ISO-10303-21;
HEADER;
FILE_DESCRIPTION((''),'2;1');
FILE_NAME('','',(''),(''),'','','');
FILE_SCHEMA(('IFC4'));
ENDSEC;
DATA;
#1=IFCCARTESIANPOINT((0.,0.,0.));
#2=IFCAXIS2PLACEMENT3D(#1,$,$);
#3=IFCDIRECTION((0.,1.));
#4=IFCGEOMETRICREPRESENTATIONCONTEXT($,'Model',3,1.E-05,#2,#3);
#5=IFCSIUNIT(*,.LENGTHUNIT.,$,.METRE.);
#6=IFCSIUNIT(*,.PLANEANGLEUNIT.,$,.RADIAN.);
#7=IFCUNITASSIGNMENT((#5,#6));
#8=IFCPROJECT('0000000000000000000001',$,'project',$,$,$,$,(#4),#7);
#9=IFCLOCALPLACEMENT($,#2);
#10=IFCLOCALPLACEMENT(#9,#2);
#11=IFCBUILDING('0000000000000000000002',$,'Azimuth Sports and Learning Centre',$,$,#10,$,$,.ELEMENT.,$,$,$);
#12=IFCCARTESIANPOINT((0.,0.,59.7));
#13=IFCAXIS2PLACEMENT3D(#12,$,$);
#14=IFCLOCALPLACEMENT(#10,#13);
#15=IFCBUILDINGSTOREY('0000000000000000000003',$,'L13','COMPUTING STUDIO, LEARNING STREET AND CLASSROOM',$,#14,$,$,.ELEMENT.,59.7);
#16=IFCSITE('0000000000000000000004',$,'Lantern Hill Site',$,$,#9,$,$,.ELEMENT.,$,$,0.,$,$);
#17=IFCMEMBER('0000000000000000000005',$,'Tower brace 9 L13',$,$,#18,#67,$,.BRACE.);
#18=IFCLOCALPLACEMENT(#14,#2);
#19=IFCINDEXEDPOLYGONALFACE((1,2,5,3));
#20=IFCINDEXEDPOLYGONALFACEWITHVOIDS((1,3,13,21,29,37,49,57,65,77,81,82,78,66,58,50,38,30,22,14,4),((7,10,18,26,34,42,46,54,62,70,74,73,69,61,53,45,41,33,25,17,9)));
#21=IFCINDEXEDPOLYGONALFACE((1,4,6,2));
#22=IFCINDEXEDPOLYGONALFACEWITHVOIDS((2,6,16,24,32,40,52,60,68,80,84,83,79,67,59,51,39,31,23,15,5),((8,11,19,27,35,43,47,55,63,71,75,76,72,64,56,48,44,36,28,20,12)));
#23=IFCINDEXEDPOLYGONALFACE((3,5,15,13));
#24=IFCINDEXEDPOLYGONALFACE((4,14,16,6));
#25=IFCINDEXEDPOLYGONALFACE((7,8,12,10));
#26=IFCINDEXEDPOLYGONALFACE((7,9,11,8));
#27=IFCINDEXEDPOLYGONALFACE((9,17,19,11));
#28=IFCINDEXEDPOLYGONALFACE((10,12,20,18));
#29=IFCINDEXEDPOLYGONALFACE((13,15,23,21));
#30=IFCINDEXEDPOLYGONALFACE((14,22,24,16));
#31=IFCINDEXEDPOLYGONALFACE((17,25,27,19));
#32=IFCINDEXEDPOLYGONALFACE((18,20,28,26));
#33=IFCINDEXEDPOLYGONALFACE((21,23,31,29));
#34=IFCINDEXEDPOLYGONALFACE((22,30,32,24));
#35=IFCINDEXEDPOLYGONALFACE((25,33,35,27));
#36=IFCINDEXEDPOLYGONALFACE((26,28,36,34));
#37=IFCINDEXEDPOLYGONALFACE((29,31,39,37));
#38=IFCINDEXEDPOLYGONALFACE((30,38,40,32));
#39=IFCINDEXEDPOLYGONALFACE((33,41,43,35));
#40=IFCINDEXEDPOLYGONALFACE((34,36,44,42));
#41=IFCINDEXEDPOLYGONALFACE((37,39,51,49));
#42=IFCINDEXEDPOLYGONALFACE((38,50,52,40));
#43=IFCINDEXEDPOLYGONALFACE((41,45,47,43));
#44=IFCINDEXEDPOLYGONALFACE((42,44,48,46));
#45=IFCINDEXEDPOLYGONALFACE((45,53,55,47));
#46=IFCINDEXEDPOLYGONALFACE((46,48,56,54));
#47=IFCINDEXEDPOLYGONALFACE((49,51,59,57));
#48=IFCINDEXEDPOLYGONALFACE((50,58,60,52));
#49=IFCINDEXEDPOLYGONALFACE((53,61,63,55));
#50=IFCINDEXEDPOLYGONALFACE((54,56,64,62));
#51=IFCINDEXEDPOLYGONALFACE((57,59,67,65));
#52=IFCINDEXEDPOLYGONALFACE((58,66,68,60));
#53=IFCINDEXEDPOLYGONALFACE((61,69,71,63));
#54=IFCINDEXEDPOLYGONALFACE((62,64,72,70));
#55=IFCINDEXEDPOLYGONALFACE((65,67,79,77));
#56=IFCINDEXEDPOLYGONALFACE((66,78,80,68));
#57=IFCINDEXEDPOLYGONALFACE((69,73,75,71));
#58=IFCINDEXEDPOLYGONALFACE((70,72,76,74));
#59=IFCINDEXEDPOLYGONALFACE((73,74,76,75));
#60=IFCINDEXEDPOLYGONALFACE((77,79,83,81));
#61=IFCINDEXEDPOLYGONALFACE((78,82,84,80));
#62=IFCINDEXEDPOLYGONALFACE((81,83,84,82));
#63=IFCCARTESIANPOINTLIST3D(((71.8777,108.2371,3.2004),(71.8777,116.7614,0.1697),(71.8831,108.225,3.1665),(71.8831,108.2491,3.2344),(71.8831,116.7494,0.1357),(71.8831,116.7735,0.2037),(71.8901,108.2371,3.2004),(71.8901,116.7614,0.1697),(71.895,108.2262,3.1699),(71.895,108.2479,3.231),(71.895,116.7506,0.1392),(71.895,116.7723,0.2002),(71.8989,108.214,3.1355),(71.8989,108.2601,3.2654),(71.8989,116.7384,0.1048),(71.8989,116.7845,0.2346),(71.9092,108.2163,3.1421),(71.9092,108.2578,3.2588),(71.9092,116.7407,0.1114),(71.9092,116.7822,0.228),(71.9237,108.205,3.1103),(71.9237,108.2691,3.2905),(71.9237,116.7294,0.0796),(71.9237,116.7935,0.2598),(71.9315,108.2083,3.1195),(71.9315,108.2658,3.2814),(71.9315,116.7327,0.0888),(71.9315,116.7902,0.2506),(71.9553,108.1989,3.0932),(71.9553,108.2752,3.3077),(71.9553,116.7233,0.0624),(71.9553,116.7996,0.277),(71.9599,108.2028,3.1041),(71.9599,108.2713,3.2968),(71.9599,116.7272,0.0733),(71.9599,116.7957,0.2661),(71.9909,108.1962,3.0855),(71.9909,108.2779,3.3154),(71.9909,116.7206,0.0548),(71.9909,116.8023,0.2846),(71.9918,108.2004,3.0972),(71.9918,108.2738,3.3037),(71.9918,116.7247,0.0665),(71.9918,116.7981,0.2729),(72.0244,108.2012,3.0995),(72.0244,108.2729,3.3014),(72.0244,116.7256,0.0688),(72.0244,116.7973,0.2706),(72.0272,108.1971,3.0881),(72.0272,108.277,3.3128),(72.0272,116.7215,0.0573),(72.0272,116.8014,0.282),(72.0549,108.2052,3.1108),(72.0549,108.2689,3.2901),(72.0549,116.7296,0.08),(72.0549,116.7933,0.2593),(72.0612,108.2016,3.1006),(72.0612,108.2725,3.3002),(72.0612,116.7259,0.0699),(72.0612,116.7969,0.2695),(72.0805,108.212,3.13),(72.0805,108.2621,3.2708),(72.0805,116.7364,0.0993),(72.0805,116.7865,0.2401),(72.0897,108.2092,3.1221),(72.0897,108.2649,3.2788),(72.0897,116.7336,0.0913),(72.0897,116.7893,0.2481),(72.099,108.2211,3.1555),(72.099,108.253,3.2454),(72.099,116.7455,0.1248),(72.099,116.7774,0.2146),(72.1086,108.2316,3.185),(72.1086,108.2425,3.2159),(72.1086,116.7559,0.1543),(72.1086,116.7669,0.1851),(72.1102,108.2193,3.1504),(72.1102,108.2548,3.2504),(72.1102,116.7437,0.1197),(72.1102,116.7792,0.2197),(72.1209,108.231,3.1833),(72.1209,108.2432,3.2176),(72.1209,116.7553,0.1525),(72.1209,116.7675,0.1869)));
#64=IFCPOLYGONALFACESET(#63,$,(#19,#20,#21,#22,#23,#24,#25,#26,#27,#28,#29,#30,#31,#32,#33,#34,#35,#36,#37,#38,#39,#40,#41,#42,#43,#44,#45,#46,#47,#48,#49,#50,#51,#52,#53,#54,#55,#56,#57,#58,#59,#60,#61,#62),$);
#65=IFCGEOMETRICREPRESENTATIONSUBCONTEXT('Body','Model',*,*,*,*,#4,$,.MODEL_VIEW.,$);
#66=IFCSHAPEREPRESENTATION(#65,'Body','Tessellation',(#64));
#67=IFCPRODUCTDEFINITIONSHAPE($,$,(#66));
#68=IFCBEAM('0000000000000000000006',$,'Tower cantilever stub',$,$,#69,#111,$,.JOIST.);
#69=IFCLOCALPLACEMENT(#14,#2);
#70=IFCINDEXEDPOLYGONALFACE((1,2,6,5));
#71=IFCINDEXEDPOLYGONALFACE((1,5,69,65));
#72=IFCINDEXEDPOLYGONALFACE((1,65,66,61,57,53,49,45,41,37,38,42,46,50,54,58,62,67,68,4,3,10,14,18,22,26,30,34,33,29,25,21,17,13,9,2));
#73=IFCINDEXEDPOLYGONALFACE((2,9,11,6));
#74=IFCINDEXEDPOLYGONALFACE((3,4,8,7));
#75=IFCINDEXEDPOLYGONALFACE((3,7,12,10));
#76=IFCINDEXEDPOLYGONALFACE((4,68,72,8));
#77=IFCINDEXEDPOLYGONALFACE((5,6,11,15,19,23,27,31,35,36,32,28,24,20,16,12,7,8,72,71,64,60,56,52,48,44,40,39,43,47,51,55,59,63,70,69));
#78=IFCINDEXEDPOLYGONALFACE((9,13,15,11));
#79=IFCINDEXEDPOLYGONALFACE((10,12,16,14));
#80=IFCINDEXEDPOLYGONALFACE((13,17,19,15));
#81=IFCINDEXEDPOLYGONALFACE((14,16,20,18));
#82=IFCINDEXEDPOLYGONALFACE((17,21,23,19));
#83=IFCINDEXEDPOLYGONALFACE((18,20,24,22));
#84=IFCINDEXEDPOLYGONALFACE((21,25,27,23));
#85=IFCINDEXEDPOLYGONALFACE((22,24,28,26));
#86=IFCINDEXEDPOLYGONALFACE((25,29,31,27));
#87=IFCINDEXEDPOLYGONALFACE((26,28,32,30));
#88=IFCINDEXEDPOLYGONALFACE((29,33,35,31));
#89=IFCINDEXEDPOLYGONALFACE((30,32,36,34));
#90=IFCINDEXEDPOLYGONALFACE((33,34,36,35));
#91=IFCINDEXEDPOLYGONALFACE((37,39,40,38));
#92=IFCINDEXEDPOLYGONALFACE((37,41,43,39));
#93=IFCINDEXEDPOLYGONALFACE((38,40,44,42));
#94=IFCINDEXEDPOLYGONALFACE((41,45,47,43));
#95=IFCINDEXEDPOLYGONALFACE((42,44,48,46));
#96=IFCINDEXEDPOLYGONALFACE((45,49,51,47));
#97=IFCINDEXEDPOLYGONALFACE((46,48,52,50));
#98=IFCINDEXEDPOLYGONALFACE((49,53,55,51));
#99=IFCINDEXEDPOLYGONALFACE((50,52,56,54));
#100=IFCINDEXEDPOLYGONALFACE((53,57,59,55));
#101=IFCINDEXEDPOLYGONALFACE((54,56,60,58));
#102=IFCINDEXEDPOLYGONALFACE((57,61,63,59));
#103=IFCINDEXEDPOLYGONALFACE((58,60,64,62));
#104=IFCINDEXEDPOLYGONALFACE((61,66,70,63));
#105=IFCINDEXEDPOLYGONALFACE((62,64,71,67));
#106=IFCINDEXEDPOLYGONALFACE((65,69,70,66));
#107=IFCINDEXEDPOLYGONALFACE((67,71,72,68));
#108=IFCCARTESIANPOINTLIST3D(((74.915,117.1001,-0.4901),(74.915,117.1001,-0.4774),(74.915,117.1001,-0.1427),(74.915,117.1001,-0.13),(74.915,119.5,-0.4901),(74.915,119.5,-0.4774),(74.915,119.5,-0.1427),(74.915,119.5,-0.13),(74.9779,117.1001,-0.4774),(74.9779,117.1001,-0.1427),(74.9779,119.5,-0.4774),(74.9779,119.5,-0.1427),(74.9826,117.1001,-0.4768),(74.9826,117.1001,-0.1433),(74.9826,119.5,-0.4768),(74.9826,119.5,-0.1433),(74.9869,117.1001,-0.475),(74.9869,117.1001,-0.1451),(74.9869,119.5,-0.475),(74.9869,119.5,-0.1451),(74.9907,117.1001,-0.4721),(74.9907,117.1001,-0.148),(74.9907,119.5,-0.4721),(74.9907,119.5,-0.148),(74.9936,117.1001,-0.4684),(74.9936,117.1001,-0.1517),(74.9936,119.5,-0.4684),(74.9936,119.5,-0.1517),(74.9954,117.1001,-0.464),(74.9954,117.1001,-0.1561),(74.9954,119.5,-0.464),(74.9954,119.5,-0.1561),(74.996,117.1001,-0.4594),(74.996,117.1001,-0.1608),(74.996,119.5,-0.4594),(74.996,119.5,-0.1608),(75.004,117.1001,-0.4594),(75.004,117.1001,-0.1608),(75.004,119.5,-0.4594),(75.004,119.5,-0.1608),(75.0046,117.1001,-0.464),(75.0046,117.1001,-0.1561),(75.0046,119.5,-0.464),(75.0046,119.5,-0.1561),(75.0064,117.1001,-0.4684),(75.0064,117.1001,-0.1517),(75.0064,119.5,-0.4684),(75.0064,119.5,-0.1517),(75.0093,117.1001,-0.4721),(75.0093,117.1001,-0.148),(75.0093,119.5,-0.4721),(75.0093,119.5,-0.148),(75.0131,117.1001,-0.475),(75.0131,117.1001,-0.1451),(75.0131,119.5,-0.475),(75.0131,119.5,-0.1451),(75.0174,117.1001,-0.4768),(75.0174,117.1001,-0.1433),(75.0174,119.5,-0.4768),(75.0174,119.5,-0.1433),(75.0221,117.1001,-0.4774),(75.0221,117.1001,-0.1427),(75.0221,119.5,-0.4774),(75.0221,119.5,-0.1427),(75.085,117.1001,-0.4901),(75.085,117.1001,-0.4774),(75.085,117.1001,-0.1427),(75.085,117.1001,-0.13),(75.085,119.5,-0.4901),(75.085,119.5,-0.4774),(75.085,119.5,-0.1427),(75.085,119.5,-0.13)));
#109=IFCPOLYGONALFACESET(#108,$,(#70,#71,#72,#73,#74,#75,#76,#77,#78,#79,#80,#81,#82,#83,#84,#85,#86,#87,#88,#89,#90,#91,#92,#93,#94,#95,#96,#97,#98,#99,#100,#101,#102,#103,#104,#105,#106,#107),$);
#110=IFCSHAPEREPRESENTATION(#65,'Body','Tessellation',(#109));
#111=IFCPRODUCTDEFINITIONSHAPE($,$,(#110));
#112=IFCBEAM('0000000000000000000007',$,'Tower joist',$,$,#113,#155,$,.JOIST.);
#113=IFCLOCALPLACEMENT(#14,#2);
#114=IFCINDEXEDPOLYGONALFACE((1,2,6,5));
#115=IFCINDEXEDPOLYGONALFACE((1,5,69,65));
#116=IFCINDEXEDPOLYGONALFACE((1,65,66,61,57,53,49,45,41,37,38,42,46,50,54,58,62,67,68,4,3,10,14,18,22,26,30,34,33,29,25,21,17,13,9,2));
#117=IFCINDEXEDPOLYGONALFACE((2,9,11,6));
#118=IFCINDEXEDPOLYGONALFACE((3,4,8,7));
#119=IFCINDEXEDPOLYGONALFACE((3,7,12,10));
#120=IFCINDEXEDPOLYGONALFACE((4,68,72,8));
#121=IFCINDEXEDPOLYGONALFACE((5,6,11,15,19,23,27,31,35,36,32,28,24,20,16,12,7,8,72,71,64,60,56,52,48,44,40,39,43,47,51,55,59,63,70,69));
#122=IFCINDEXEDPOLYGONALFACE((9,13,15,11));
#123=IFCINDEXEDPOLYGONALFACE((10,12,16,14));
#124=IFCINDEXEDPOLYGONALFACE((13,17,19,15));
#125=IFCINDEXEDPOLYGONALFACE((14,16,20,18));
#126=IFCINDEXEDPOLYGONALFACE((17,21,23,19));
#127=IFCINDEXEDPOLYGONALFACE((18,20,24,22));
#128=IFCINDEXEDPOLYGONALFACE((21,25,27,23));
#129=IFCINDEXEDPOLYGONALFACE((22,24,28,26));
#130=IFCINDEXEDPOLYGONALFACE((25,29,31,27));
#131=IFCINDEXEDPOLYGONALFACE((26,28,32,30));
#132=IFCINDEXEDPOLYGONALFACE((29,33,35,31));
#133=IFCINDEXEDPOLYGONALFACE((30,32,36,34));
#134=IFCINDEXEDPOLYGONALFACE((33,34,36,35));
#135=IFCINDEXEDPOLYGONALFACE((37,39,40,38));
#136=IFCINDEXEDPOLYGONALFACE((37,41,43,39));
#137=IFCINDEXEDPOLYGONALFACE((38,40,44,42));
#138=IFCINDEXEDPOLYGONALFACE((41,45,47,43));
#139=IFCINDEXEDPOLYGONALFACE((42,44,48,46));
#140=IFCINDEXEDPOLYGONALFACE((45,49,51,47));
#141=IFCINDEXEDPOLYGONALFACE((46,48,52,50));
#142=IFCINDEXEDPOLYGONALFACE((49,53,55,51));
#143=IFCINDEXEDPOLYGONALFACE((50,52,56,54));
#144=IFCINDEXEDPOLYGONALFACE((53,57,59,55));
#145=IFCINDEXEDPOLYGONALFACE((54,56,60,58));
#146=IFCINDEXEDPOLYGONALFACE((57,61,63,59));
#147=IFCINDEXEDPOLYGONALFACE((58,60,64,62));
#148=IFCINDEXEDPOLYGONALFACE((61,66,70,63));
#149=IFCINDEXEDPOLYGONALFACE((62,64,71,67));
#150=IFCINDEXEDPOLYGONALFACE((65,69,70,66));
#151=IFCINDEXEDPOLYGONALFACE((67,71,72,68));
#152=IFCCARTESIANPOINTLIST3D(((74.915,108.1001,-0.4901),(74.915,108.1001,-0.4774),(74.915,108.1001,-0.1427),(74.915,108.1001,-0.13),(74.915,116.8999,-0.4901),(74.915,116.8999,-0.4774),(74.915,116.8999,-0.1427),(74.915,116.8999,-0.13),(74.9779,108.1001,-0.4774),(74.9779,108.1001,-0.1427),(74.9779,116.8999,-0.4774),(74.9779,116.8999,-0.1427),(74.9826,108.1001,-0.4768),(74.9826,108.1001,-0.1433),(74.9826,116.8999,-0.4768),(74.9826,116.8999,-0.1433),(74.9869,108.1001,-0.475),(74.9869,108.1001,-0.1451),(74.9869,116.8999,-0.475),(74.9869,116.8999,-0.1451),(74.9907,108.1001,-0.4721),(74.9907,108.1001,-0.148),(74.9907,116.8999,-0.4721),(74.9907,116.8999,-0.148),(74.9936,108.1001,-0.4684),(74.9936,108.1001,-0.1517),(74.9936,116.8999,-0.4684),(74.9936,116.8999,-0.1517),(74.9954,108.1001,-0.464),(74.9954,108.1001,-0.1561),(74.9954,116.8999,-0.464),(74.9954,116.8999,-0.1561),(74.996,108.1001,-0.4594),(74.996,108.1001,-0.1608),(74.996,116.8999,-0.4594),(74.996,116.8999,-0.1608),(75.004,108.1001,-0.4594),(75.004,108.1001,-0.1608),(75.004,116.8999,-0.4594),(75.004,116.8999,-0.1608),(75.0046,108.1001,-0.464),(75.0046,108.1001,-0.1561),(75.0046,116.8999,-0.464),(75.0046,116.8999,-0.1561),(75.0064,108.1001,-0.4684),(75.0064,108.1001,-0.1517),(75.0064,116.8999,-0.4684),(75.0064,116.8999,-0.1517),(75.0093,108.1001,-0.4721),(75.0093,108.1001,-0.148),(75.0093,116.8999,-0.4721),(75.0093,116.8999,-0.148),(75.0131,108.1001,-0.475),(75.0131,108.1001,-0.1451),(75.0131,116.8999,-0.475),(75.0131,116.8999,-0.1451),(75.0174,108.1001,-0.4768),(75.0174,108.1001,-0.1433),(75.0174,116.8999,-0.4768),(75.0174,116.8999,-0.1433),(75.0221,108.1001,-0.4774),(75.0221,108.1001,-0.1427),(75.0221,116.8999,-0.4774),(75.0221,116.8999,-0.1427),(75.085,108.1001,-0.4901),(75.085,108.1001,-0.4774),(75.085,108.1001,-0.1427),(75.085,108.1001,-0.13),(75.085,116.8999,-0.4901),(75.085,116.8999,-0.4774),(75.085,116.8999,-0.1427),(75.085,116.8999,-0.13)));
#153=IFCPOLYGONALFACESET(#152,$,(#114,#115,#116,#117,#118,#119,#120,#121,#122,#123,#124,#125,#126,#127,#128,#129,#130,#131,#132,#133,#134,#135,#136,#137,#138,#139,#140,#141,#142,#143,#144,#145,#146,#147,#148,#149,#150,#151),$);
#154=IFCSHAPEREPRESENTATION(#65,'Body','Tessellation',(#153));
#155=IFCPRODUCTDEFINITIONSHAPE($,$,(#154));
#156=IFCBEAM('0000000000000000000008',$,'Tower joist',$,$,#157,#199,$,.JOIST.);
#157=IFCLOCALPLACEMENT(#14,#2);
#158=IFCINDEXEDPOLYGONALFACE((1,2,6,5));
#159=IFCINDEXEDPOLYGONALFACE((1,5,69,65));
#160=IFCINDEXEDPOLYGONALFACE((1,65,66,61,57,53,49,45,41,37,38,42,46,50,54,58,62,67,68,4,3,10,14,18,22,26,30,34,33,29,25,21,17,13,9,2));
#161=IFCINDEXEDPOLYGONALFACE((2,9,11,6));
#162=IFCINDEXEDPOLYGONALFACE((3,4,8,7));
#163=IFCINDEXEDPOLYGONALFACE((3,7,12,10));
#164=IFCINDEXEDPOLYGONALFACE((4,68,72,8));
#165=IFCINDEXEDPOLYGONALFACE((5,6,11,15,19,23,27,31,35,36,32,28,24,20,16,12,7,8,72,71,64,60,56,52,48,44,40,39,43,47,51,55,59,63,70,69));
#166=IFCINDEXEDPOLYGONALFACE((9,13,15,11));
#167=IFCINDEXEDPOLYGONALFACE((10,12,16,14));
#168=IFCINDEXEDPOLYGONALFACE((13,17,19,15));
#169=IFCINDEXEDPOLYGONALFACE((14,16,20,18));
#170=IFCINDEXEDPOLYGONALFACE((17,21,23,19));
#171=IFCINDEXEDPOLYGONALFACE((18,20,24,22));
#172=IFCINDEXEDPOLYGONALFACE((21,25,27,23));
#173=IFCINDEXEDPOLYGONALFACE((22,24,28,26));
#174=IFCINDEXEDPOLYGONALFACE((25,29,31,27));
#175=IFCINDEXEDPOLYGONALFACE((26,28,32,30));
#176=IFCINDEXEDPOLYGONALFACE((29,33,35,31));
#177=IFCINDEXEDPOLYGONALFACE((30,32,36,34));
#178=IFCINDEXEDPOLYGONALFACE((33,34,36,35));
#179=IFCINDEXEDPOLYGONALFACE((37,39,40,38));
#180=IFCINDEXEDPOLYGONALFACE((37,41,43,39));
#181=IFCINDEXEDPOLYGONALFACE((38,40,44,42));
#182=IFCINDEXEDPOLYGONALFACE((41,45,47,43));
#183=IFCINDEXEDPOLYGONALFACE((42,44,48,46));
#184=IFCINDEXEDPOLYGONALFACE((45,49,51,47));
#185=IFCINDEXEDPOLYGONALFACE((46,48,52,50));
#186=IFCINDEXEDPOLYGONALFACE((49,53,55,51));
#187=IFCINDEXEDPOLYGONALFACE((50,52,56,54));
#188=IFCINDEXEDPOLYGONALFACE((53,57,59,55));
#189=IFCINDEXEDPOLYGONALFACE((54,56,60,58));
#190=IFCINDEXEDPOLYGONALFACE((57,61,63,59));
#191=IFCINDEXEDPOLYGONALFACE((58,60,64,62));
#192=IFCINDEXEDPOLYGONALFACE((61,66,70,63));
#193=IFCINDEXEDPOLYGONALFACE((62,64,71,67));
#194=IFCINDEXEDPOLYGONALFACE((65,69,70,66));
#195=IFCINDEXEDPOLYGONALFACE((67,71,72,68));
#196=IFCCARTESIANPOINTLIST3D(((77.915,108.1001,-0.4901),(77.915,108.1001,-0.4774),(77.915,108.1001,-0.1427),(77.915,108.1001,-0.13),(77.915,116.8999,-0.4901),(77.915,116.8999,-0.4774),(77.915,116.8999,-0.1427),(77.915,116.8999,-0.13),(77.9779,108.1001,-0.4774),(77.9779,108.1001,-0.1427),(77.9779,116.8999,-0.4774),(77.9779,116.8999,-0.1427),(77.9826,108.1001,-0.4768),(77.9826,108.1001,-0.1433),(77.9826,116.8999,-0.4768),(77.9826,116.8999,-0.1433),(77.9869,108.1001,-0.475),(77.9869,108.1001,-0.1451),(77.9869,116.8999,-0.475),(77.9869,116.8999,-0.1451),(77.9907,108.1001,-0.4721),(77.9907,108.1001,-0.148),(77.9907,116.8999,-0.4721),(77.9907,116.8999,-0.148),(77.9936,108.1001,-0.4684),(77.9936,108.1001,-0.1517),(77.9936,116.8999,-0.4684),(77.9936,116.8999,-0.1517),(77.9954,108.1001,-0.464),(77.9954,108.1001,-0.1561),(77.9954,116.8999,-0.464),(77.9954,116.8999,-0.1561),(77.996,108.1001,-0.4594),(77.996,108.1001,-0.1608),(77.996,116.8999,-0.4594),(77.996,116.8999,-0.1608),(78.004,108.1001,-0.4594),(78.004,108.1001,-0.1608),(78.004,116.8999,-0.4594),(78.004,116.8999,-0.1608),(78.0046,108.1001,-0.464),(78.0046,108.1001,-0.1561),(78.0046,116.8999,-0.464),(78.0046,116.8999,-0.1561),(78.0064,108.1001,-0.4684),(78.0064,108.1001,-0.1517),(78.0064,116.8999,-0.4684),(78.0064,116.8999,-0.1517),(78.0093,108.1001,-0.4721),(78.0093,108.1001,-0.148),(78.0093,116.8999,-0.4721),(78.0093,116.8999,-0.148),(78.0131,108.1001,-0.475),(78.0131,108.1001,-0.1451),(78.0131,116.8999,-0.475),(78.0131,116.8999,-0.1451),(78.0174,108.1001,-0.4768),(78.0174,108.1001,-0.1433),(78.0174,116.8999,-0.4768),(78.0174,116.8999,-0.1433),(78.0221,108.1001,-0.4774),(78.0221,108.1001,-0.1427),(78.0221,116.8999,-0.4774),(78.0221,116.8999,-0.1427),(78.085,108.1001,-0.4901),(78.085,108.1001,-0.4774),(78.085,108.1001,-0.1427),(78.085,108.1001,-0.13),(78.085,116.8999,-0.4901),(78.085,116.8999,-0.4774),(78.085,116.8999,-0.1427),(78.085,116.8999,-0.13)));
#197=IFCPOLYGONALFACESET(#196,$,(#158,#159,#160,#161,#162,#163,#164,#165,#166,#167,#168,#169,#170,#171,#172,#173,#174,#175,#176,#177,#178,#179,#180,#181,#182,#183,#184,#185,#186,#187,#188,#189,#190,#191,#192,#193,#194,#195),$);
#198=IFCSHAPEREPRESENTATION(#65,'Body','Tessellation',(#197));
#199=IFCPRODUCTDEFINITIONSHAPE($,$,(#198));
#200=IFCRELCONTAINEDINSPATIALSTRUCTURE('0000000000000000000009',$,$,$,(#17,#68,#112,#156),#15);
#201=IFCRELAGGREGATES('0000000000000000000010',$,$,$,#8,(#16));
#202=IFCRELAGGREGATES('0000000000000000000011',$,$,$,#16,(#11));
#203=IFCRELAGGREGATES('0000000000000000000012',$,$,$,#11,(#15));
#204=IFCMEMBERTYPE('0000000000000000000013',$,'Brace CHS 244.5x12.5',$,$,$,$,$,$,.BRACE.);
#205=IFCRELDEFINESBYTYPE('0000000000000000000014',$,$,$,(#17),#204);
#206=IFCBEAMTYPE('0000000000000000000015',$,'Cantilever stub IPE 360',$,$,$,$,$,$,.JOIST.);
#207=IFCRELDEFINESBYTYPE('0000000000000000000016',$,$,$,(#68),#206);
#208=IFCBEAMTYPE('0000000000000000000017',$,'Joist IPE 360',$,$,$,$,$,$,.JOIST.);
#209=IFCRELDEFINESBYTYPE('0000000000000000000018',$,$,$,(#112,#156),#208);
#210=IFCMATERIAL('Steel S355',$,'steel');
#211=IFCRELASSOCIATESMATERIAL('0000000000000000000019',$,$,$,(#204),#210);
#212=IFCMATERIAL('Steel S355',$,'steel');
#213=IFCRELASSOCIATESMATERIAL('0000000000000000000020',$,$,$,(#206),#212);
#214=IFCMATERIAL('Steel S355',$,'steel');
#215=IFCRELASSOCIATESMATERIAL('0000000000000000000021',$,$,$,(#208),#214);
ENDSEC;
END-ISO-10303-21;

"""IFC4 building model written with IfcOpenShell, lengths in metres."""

from ifc_helpers import new_model, si_unit, direction, frame, origin, origin_2d, place, context, subcontext, project, spatial, hollow_circle, i_section, extrude, material, material_profile, profile_set, type_object, element, save


model = new_model("IFC4")

# Units and contexts
model_context = context("Model", 3, precision=1e-05, world=origin(), true_north=direction((0.0, 1.0)))
body_context = subcontext(model_context, "Body", "Model", "MODEL_VIEW")
ifc_project = project(units=[si_unit("LENGTHUNIT", "METRE"), si_unit("PLANEANGLEUNIT", "RADIAN")], contexts=[model_context])

# Site, building, storey
site_placement = place(None, origin())
site = spatial("IfcSite", under=ifc_project, at=site_placement, Name="Lantern Hill Site", CompositionType="ELEMENT", RefElevation=0.0)
building_placement = place(site_placement, origin())
building = spatial("IfcBuilding", under=site, at=building_placement, Name="Azimuth Sports and Learning Centre", CompositionType="ELEMENT")
storey_placement = place(building_placement, frame((0.0, 0.0, 59.7)))
storey = spatial("IfcBuildingStorey", under=building, at=storey_placement, Name="L13", Description="COMPUTING STUDIO, LEARNING STREET AND CLASSROOM", CompositionType="ELEMENT", Elevation=59.7)

# Member
ifc_material_1 = material(Name="Steel S355", Category="steel")
ifc_material_profile_1 = material_profile(ifc_material_1, hollow_circle(Radius=0.1223, WallThickness=0.0125, at=origin_2d()), Name="CHS 244.5x12.5")
ifc_profile_set_1 = profile_set([ifc_material_profile_1], Name="Steel S355")
member_type = type_object("IfcMemberType", Name="Brace CHS 244.5x12.5", PredefinedType="BRACE", material=ifc_profile_set_1)
member_placement = place(storey_placement, frame((72.0, 108.2371, 3.2004), z_axis=(0.0, 0.94222, -0.334996), x_axis=(-1.0, 0.0, 0.0)))
element("IfcMember", 1, at=member_placement, inside=storey, type_object=member_type, Name="Tower brace 9 L13", PredefinedType="BRACE", context=body_context, shape_type="SweptSolid", body=[
    extrude(hollow_circle(Radius=0.1223, WallThickness=0.0125, at=origin_2d()), origin(), (0.0, 0.0, 1.0), 9.0471),
])

# Beams
ifc_material_2 = material(Name="Steel S355", Category="steel")
ifc_material_profile_2 = material_profile(ifc_material_2, i_section(OverallWidth=0.1699, OverallDepth=0.3601, WebThickness=0.0081, FlangeThickness=0.0127, FilletRadius=0.0181, at=origin_2d()), Name="IPE 360")
ifc_profile_set_2 = profile_set([ifc_material_profile_2], Name="Steel S355")
beam_type_1 = type_object("IfcBeamType", Name="Cantilever stub IPE 360", PredefinedType="JOIST", material=ifc_profile_set_2)
beam_1_placement = place(storey_placement, frame((75.0, 117.1001, -0.3101), z_axis=(0.0, 1.0, 0.0), x_axis=(-1.0, 0.0, 0.0)))
element("IfcBeam", 2, at=beam_1_placement, inside=storey, type_object=beam_type_1, Name="Tower cantilever stub", PredefinedType="JOIST", context=body_context, shape_type="SweptSolid", body=[
    extrude(i_section(OverallWidth=0.1699, OverallDepth=0.3601, WebThickness=0.0081, FlangeThickness=0.0127, FilletRadius=0.0181, at=origin_2d()), origin(), (0.0, 0.0, 1.0), 2.3999),
])
ifc_material_3 = material(Name="Steel S355", Category="steel")
ifc_material_profile_3 = material_profile(ifc_material_3, i_section(OverallWidth=0.1699, OverallDepth=0.3601, WebThickness=0.0081, FlangeThickness=0.0127, FilletRadius=0.0181, at=origin_2d()), Name="IPE 360")
ifc_profile_set_3 = profile_set([ifc_material_profile_3], Name="Steel S355")
beam_type_2 = type_object("IfcBeamType", Name="Joist IPE 360", PredefinedType="JOIST", material=ifc_profile_set_3)
for number, where, z_axis, x_axis, name in (
    (3, (75.0, 108.1001, -0.3101), (0.0, 1.0, 0.0), (-1.0, 0.0, 0.0), "Tower joist"),
    (4, (78.0, 108.1001, -0.3101), (0.0, 1.0, 0.0), (-1.0, 0.0, 0.0), "Tower joist"),
):
    element("IfcBeam", number, at=place(storey_placement, frame(where, z_axis=z_axis, x_axis=x_axis)), inside=storey, type_object=beam_type_2, Name=name, PredefinedType="JOIST", context=body_context, shape_type="SweptSolid", body=[
        extrude(i_section(OverallWidth=0.1699, OverallDepth=0.3601, WebThickness=0.0081, FlangeThickness=0.0127, FilletRadius=0.0181, at=origin_2d()), origin(), (0.0, 0.0, 1.0), 8.7998),
    ])

save(model, "model.ifc")
